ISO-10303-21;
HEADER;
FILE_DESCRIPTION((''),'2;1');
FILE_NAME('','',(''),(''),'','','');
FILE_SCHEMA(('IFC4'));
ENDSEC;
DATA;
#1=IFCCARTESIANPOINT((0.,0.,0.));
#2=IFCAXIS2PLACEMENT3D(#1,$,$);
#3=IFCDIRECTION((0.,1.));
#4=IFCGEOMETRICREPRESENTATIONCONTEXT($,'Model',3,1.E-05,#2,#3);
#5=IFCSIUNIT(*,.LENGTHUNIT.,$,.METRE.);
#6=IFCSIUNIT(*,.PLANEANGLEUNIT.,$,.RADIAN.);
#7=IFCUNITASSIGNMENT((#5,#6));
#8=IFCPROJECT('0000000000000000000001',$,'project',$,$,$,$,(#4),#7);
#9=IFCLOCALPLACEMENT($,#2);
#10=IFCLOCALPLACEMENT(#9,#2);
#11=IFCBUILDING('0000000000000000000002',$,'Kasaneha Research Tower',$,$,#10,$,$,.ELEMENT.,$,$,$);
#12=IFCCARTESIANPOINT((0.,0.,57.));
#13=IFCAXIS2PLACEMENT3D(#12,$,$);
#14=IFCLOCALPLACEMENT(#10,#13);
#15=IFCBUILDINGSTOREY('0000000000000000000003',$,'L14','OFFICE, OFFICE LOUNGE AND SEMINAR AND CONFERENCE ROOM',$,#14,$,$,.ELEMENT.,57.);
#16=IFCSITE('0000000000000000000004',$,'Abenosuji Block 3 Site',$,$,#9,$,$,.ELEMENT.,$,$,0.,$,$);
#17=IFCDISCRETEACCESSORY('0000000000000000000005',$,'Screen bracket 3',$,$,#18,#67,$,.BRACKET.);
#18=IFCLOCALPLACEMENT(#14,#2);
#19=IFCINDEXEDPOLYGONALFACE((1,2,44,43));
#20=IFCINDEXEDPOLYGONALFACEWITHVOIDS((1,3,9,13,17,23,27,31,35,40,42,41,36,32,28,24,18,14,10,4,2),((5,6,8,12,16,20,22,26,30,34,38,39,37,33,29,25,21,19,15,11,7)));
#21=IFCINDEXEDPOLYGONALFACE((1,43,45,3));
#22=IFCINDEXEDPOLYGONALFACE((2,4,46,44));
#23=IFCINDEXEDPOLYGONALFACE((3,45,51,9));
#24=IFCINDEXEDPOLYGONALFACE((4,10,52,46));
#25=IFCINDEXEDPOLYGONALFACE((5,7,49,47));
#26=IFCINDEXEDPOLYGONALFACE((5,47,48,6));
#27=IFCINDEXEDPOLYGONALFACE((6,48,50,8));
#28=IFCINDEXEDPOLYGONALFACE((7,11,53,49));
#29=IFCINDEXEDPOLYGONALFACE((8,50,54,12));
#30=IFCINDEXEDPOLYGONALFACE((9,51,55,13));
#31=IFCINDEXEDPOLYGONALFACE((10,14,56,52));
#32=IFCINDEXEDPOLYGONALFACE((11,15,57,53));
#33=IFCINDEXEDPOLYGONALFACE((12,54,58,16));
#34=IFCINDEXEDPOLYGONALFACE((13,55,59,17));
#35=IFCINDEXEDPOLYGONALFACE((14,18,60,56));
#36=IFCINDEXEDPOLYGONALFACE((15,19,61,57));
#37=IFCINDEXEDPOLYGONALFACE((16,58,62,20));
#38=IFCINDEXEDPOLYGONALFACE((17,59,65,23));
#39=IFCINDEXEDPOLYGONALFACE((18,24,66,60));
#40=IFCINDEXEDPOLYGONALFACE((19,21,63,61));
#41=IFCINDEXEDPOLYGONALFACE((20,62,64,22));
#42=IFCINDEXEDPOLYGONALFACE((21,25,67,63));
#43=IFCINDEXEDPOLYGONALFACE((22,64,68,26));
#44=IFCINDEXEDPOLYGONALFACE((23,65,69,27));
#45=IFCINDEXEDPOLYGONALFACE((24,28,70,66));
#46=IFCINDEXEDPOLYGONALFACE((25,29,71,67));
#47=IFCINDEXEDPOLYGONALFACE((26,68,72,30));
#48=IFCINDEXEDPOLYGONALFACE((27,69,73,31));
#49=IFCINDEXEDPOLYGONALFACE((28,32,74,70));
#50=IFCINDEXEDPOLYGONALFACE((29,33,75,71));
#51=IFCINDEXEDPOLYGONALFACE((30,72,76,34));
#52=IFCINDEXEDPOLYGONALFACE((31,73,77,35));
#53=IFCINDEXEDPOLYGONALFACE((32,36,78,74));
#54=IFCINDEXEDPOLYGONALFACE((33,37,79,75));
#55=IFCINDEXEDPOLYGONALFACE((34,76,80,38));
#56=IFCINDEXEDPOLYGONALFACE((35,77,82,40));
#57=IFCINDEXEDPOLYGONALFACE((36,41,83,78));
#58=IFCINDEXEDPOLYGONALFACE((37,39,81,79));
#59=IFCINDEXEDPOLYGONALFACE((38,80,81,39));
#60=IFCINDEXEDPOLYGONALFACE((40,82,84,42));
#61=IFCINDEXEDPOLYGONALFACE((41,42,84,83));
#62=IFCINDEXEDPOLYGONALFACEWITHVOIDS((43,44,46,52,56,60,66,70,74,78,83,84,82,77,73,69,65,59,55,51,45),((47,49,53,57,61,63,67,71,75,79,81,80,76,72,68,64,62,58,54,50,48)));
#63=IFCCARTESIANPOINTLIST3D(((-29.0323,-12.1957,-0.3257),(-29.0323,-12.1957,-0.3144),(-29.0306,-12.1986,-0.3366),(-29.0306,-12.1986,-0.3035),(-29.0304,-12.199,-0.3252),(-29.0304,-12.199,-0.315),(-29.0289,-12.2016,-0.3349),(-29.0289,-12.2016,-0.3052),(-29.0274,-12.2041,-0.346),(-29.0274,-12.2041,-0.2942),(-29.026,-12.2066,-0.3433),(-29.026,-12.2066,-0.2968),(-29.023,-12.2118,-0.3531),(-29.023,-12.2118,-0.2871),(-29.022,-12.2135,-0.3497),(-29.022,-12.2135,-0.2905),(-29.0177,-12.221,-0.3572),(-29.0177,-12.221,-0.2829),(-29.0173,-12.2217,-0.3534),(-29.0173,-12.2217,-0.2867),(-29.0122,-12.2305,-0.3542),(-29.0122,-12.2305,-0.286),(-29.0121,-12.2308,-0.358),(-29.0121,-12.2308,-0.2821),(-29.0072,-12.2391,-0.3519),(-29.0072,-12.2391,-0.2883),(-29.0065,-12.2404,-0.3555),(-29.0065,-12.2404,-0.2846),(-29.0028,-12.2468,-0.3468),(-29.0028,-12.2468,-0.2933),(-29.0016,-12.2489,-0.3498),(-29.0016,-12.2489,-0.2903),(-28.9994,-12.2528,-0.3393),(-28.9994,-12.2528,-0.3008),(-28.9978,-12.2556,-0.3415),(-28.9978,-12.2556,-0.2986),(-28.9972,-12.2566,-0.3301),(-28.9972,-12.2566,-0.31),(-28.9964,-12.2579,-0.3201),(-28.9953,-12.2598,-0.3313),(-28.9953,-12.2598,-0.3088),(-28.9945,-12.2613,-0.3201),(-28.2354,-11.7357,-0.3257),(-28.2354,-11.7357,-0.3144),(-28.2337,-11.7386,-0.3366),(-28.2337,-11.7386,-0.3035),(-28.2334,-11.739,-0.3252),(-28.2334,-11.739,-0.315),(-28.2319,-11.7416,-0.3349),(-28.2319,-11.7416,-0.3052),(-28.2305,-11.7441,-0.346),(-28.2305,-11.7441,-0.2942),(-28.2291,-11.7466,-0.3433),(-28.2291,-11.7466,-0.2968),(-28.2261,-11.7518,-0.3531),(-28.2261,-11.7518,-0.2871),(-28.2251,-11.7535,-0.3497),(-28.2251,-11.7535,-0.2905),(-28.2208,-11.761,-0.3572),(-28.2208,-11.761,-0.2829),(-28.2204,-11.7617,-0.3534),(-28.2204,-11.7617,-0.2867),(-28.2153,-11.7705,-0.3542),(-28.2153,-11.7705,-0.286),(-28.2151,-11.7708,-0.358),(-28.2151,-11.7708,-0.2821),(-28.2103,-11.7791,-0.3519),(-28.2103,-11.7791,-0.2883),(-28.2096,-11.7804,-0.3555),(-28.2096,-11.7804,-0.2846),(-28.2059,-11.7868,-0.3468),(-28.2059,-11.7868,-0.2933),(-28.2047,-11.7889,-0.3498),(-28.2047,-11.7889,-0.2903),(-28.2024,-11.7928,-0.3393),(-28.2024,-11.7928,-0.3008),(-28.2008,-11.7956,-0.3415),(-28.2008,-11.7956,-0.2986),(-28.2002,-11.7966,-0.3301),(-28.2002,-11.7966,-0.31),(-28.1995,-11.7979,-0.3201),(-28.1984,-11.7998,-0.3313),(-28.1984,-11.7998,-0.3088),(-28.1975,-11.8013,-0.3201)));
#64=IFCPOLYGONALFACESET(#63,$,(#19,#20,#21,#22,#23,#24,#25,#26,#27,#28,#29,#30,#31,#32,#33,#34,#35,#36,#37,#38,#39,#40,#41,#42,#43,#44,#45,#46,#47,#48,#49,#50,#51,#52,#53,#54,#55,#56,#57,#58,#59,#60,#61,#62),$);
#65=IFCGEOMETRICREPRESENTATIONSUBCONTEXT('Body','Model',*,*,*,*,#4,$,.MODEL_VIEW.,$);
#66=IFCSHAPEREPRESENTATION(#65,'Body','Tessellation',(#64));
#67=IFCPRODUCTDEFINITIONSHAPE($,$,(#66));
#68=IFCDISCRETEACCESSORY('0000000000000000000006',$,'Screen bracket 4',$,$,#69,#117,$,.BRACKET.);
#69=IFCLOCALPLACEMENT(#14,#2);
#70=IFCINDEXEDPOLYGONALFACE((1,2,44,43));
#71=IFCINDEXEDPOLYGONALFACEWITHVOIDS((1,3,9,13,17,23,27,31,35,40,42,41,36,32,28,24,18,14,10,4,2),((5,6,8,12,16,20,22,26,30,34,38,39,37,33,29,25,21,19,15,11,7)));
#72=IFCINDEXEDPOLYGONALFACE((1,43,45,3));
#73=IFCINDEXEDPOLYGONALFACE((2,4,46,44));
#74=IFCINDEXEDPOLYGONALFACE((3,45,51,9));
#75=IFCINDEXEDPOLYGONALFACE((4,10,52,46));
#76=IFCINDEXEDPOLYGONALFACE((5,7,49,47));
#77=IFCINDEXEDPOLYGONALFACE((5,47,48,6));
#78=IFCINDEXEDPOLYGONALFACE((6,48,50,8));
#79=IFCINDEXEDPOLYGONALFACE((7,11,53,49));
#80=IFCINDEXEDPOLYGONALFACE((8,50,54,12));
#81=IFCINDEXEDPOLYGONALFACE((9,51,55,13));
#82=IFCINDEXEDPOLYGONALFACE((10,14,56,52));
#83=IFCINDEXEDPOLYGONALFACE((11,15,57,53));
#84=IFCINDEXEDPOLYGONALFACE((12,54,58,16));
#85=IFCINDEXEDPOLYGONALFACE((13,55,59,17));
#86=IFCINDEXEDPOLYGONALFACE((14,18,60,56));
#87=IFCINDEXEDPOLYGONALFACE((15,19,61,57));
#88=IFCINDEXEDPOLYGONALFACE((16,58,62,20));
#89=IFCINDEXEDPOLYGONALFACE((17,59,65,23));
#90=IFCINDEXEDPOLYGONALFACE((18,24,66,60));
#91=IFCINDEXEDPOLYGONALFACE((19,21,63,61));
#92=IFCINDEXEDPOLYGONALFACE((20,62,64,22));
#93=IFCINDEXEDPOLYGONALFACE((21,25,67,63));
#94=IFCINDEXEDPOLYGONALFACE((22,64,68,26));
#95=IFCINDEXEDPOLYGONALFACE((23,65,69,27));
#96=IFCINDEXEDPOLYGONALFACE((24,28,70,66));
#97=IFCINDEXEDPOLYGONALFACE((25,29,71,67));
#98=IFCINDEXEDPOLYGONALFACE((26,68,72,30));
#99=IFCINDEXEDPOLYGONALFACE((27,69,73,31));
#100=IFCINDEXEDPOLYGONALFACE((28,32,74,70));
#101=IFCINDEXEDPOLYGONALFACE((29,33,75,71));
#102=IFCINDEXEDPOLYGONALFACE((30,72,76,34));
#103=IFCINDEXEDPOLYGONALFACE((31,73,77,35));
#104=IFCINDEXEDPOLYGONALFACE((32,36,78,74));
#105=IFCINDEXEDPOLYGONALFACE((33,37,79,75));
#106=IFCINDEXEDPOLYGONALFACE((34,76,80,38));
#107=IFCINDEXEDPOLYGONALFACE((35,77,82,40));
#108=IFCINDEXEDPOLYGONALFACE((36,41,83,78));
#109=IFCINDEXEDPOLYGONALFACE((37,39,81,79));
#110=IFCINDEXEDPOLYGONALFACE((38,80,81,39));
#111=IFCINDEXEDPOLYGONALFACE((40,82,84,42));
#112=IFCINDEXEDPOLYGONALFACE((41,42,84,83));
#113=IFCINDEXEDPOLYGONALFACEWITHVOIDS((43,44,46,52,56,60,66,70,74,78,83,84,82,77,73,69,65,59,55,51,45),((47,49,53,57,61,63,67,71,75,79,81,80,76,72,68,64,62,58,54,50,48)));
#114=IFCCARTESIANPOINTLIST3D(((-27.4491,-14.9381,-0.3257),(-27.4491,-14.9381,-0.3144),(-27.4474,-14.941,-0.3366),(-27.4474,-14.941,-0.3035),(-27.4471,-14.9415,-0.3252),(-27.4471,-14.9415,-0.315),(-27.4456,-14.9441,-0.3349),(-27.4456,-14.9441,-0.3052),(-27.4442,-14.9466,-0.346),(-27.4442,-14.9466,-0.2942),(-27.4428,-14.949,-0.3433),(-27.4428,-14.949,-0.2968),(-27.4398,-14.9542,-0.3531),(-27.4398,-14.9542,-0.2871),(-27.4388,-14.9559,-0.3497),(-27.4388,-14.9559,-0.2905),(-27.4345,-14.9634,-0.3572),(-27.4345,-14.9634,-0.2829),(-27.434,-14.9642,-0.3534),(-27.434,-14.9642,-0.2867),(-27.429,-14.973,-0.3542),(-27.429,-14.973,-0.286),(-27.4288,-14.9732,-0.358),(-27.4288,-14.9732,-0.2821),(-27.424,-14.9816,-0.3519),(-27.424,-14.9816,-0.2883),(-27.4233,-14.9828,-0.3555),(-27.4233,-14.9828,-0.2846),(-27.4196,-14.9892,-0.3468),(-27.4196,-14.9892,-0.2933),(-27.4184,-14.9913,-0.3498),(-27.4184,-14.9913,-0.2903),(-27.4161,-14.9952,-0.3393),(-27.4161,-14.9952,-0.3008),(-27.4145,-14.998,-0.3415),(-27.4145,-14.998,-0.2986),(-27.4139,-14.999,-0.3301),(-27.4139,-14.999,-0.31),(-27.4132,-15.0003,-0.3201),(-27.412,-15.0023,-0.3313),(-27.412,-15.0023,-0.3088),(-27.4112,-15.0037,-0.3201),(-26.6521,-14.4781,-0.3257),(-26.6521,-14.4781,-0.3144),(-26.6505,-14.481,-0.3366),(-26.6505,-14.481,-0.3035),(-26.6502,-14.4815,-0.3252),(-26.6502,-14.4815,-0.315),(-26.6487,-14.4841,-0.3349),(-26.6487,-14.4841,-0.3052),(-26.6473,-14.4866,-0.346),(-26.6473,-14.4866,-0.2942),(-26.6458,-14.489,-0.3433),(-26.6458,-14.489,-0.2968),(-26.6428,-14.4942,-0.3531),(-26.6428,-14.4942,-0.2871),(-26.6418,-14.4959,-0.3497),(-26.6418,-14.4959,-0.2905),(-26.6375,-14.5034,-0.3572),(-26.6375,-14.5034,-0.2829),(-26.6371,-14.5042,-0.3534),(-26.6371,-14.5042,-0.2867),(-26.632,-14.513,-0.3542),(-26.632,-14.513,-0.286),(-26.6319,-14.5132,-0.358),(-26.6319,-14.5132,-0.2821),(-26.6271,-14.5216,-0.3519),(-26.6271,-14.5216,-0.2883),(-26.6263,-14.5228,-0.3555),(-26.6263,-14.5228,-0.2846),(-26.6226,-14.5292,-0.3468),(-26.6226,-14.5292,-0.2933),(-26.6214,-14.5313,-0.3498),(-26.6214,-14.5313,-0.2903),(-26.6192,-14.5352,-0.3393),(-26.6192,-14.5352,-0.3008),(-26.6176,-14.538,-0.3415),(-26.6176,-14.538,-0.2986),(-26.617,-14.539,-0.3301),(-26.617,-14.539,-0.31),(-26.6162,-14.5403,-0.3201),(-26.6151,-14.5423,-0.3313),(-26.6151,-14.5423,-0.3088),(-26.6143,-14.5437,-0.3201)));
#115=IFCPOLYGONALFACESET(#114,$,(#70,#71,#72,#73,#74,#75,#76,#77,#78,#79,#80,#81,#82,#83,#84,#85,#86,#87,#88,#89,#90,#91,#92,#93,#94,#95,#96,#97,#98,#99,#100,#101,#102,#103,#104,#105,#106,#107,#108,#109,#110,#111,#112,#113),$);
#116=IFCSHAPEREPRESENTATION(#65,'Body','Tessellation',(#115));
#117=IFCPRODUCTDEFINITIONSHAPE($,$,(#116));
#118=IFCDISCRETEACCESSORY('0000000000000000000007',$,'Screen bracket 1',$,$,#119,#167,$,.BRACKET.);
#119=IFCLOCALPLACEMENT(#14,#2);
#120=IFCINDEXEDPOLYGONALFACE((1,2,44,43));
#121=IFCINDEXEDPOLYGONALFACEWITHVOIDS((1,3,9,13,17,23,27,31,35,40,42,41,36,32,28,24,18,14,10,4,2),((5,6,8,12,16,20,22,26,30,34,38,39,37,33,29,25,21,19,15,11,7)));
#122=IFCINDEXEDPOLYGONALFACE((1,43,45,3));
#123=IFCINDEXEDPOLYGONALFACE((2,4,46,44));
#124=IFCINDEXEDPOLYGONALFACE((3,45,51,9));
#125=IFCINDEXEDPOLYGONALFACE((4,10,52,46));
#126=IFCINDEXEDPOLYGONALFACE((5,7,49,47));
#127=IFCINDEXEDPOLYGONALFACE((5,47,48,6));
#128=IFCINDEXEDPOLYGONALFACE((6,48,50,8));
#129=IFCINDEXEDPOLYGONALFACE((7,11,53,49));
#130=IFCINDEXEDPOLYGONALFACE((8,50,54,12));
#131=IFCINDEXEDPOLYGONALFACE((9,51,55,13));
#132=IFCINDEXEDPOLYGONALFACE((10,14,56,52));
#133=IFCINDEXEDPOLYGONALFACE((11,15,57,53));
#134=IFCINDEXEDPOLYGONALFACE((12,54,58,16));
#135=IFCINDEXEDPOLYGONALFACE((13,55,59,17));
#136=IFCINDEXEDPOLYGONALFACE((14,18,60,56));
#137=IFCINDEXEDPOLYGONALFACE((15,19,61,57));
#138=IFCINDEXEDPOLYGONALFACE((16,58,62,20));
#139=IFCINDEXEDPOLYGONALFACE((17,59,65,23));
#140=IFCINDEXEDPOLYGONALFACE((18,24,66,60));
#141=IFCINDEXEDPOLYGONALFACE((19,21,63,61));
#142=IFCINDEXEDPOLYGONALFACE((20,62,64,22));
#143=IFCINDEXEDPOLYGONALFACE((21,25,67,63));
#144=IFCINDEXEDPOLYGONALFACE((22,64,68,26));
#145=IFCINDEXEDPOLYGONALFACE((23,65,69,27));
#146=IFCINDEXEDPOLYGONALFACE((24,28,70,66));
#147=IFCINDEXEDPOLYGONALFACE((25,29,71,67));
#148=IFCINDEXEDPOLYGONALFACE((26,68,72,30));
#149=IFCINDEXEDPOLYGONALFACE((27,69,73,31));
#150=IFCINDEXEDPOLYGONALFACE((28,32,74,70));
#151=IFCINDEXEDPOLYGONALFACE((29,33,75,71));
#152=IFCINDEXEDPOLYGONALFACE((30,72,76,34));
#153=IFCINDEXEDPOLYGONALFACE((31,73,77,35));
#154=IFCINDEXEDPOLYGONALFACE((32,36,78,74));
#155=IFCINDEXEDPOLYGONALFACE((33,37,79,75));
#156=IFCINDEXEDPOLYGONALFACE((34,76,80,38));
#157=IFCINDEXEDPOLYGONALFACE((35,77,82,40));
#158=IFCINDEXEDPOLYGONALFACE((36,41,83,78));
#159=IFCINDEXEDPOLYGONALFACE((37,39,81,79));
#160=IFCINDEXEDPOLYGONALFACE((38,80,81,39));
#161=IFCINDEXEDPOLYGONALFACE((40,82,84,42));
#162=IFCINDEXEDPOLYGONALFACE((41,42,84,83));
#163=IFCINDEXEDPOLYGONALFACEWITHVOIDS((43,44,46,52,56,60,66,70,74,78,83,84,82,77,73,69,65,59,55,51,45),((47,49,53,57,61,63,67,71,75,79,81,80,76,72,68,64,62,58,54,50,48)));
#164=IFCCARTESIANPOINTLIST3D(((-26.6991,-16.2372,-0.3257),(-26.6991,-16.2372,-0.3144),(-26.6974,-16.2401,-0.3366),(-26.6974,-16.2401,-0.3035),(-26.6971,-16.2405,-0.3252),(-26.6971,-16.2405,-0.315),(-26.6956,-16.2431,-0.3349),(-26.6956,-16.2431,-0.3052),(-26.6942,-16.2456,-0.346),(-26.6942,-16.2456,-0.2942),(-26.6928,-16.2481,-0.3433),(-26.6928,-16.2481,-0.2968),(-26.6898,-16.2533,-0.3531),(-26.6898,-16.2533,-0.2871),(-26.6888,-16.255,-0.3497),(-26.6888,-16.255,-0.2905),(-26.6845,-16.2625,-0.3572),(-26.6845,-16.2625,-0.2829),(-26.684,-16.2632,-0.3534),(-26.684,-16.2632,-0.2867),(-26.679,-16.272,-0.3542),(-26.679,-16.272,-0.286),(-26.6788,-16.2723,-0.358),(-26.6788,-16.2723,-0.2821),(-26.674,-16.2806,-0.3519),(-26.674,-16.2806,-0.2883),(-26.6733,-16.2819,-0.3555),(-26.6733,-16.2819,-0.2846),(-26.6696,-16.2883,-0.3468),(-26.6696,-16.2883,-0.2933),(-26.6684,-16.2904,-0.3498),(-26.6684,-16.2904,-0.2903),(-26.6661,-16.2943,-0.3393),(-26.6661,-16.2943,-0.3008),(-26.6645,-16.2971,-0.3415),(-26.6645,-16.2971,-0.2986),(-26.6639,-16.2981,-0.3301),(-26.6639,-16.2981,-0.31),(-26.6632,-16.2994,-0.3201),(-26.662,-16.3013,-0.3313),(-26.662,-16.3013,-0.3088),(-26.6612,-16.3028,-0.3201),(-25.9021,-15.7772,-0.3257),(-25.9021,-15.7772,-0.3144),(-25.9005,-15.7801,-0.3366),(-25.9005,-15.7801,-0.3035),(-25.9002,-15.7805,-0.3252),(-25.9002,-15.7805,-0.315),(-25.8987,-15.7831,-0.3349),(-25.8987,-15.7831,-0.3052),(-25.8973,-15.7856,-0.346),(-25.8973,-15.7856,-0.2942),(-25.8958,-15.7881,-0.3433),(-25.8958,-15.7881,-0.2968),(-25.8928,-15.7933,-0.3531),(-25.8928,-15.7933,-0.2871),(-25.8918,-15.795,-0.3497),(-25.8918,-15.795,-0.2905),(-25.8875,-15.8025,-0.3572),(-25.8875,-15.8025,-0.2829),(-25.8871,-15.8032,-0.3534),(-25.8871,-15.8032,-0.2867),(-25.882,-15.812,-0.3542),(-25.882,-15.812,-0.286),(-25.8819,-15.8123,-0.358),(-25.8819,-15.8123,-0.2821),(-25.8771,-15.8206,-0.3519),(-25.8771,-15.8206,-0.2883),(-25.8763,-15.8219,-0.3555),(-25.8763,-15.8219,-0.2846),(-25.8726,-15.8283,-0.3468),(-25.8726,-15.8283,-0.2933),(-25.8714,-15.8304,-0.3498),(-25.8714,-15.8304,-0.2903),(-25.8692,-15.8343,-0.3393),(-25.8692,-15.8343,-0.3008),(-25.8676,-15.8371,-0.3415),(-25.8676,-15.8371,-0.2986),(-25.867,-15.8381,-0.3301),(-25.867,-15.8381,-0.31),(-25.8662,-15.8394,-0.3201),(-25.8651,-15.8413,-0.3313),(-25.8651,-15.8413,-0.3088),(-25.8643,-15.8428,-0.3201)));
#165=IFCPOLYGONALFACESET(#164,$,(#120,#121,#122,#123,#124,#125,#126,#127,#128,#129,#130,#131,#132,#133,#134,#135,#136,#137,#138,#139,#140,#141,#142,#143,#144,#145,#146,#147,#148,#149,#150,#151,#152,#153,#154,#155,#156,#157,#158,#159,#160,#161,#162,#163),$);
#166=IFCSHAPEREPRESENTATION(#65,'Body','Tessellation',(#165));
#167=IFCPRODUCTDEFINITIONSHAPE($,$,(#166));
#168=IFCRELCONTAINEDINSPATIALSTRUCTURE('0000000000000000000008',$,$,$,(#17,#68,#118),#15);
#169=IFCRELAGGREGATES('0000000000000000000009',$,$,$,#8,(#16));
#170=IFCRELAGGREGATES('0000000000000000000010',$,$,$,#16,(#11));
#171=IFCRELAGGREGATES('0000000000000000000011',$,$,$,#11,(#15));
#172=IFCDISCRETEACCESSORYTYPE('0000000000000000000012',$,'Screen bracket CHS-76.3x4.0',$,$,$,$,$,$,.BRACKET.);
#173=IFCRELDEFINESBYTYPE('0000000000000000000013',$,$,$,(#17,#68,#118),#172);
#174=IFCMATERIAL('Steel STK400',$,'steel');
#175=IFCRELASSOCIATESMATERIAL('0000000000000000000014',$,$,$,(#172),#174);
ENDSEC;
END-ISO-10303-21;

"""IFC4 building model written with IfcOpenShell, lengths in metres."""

from ifc_helpers import new_model, si_unit, direction, frame, origin, origin_2d, place, context, subcontext, project, spatial, hollow_circle, extrude, material, material_profile, profile_set, type_object, element, save


model = new_model("IFC4")

# Units and contexts
model_context = context("Model", 3, precision=1e-05, world=origin(), true_north=direction((0.0, 1.0)))
body_context = subcontext(model_context, "Body", "Model", "MODEL_VIEW")
ifc_project = project(units=[si_unit("LENGTHUNIT", "METRE"), si_unit("PLANEANGLEUNIT", "RADIAN")], contexts=[model_context])

# Site, building, storey
site_placement = place(None, origin())
site = spatial("IfcSite", under=ifc_project, at=site_placement, Name="Abenosuji Block 3 Site", CompositionType="ELEMENT", RefElevation=0.0)
building_placement = place(site_placement, origin())
building = spatial("IfcBuilding", under=site, at=building_placement, Name="Kasaneha Research Tower", CompositionType="ELEMENT")
storey_placement = place(building_placement, frame((0.0, 0.0, 57.0)))
storey = spatial("IfcBuildingStorey", under=building, at=storey_placement, Name="L14", Description="OFFICE, OFFICE LOUNGE AND SEMINAR AND CONFERENCE ROOM", CompositionType="ELEMENT", Elevation=57.0)

# Discrete accessories
ifc_material_1 = material(Name="Steel STK400", Category="steel")
ifc_material_profile_1 = material_profile(ifc_material_1, hollow_circle(Radius=0.0381, WallThickness=0.0039, at=origin_2d()), Name="CHS-76.3x4.0")
ifc_profile_set_1 = profile_set([ifc_material_profile_1], Name="Steel STK400")
discrete_accessory_type = type_object("IfcDiscreteAccessoryType", Name="Screen bracket CHS-76.3x4.0", PredefinedType="BRACKET", material=ifc_profile_set_1)
for number, where, z_axis, x_axis, name in (
    (1, (-28.2166, -11.7683, -0.3201), (-0.86608, -0.499906, 0.0), (0.499906, -0.86608, 0.0), "Screen bracket 3"),
    (2, (-26.6333, -14.5107, -0.3201), (-0.86608, -0.499906, 0.0), (0.499906, -0.86608, 0.0), "Screen bracket 4"),
    (3, (-25.8833, -15.8098, -0.3201), (-0.86608, -0.499906, 0.0), (0.499906, -0.86608, 0.0), "Screen bracket 1"),
):
    element("IfcDiscreteAccessory", number, at=place(storey_placement, frame(where, z_axis=z_axis, x_axis=x_axis)), inside=storey, type_object=discrete_accessory_type, Name=name, PredefinedType="BRACKET", context=body_context, shape_type="SweptSolid", body=[
        extrude(hollow_circle(Radius=0.0381, WallThickness=0.0039, at=origin_2d()), origin(), (0.0, 0.0, 1.0), 0.9202),
    ])

save(model, "model.ifc")
